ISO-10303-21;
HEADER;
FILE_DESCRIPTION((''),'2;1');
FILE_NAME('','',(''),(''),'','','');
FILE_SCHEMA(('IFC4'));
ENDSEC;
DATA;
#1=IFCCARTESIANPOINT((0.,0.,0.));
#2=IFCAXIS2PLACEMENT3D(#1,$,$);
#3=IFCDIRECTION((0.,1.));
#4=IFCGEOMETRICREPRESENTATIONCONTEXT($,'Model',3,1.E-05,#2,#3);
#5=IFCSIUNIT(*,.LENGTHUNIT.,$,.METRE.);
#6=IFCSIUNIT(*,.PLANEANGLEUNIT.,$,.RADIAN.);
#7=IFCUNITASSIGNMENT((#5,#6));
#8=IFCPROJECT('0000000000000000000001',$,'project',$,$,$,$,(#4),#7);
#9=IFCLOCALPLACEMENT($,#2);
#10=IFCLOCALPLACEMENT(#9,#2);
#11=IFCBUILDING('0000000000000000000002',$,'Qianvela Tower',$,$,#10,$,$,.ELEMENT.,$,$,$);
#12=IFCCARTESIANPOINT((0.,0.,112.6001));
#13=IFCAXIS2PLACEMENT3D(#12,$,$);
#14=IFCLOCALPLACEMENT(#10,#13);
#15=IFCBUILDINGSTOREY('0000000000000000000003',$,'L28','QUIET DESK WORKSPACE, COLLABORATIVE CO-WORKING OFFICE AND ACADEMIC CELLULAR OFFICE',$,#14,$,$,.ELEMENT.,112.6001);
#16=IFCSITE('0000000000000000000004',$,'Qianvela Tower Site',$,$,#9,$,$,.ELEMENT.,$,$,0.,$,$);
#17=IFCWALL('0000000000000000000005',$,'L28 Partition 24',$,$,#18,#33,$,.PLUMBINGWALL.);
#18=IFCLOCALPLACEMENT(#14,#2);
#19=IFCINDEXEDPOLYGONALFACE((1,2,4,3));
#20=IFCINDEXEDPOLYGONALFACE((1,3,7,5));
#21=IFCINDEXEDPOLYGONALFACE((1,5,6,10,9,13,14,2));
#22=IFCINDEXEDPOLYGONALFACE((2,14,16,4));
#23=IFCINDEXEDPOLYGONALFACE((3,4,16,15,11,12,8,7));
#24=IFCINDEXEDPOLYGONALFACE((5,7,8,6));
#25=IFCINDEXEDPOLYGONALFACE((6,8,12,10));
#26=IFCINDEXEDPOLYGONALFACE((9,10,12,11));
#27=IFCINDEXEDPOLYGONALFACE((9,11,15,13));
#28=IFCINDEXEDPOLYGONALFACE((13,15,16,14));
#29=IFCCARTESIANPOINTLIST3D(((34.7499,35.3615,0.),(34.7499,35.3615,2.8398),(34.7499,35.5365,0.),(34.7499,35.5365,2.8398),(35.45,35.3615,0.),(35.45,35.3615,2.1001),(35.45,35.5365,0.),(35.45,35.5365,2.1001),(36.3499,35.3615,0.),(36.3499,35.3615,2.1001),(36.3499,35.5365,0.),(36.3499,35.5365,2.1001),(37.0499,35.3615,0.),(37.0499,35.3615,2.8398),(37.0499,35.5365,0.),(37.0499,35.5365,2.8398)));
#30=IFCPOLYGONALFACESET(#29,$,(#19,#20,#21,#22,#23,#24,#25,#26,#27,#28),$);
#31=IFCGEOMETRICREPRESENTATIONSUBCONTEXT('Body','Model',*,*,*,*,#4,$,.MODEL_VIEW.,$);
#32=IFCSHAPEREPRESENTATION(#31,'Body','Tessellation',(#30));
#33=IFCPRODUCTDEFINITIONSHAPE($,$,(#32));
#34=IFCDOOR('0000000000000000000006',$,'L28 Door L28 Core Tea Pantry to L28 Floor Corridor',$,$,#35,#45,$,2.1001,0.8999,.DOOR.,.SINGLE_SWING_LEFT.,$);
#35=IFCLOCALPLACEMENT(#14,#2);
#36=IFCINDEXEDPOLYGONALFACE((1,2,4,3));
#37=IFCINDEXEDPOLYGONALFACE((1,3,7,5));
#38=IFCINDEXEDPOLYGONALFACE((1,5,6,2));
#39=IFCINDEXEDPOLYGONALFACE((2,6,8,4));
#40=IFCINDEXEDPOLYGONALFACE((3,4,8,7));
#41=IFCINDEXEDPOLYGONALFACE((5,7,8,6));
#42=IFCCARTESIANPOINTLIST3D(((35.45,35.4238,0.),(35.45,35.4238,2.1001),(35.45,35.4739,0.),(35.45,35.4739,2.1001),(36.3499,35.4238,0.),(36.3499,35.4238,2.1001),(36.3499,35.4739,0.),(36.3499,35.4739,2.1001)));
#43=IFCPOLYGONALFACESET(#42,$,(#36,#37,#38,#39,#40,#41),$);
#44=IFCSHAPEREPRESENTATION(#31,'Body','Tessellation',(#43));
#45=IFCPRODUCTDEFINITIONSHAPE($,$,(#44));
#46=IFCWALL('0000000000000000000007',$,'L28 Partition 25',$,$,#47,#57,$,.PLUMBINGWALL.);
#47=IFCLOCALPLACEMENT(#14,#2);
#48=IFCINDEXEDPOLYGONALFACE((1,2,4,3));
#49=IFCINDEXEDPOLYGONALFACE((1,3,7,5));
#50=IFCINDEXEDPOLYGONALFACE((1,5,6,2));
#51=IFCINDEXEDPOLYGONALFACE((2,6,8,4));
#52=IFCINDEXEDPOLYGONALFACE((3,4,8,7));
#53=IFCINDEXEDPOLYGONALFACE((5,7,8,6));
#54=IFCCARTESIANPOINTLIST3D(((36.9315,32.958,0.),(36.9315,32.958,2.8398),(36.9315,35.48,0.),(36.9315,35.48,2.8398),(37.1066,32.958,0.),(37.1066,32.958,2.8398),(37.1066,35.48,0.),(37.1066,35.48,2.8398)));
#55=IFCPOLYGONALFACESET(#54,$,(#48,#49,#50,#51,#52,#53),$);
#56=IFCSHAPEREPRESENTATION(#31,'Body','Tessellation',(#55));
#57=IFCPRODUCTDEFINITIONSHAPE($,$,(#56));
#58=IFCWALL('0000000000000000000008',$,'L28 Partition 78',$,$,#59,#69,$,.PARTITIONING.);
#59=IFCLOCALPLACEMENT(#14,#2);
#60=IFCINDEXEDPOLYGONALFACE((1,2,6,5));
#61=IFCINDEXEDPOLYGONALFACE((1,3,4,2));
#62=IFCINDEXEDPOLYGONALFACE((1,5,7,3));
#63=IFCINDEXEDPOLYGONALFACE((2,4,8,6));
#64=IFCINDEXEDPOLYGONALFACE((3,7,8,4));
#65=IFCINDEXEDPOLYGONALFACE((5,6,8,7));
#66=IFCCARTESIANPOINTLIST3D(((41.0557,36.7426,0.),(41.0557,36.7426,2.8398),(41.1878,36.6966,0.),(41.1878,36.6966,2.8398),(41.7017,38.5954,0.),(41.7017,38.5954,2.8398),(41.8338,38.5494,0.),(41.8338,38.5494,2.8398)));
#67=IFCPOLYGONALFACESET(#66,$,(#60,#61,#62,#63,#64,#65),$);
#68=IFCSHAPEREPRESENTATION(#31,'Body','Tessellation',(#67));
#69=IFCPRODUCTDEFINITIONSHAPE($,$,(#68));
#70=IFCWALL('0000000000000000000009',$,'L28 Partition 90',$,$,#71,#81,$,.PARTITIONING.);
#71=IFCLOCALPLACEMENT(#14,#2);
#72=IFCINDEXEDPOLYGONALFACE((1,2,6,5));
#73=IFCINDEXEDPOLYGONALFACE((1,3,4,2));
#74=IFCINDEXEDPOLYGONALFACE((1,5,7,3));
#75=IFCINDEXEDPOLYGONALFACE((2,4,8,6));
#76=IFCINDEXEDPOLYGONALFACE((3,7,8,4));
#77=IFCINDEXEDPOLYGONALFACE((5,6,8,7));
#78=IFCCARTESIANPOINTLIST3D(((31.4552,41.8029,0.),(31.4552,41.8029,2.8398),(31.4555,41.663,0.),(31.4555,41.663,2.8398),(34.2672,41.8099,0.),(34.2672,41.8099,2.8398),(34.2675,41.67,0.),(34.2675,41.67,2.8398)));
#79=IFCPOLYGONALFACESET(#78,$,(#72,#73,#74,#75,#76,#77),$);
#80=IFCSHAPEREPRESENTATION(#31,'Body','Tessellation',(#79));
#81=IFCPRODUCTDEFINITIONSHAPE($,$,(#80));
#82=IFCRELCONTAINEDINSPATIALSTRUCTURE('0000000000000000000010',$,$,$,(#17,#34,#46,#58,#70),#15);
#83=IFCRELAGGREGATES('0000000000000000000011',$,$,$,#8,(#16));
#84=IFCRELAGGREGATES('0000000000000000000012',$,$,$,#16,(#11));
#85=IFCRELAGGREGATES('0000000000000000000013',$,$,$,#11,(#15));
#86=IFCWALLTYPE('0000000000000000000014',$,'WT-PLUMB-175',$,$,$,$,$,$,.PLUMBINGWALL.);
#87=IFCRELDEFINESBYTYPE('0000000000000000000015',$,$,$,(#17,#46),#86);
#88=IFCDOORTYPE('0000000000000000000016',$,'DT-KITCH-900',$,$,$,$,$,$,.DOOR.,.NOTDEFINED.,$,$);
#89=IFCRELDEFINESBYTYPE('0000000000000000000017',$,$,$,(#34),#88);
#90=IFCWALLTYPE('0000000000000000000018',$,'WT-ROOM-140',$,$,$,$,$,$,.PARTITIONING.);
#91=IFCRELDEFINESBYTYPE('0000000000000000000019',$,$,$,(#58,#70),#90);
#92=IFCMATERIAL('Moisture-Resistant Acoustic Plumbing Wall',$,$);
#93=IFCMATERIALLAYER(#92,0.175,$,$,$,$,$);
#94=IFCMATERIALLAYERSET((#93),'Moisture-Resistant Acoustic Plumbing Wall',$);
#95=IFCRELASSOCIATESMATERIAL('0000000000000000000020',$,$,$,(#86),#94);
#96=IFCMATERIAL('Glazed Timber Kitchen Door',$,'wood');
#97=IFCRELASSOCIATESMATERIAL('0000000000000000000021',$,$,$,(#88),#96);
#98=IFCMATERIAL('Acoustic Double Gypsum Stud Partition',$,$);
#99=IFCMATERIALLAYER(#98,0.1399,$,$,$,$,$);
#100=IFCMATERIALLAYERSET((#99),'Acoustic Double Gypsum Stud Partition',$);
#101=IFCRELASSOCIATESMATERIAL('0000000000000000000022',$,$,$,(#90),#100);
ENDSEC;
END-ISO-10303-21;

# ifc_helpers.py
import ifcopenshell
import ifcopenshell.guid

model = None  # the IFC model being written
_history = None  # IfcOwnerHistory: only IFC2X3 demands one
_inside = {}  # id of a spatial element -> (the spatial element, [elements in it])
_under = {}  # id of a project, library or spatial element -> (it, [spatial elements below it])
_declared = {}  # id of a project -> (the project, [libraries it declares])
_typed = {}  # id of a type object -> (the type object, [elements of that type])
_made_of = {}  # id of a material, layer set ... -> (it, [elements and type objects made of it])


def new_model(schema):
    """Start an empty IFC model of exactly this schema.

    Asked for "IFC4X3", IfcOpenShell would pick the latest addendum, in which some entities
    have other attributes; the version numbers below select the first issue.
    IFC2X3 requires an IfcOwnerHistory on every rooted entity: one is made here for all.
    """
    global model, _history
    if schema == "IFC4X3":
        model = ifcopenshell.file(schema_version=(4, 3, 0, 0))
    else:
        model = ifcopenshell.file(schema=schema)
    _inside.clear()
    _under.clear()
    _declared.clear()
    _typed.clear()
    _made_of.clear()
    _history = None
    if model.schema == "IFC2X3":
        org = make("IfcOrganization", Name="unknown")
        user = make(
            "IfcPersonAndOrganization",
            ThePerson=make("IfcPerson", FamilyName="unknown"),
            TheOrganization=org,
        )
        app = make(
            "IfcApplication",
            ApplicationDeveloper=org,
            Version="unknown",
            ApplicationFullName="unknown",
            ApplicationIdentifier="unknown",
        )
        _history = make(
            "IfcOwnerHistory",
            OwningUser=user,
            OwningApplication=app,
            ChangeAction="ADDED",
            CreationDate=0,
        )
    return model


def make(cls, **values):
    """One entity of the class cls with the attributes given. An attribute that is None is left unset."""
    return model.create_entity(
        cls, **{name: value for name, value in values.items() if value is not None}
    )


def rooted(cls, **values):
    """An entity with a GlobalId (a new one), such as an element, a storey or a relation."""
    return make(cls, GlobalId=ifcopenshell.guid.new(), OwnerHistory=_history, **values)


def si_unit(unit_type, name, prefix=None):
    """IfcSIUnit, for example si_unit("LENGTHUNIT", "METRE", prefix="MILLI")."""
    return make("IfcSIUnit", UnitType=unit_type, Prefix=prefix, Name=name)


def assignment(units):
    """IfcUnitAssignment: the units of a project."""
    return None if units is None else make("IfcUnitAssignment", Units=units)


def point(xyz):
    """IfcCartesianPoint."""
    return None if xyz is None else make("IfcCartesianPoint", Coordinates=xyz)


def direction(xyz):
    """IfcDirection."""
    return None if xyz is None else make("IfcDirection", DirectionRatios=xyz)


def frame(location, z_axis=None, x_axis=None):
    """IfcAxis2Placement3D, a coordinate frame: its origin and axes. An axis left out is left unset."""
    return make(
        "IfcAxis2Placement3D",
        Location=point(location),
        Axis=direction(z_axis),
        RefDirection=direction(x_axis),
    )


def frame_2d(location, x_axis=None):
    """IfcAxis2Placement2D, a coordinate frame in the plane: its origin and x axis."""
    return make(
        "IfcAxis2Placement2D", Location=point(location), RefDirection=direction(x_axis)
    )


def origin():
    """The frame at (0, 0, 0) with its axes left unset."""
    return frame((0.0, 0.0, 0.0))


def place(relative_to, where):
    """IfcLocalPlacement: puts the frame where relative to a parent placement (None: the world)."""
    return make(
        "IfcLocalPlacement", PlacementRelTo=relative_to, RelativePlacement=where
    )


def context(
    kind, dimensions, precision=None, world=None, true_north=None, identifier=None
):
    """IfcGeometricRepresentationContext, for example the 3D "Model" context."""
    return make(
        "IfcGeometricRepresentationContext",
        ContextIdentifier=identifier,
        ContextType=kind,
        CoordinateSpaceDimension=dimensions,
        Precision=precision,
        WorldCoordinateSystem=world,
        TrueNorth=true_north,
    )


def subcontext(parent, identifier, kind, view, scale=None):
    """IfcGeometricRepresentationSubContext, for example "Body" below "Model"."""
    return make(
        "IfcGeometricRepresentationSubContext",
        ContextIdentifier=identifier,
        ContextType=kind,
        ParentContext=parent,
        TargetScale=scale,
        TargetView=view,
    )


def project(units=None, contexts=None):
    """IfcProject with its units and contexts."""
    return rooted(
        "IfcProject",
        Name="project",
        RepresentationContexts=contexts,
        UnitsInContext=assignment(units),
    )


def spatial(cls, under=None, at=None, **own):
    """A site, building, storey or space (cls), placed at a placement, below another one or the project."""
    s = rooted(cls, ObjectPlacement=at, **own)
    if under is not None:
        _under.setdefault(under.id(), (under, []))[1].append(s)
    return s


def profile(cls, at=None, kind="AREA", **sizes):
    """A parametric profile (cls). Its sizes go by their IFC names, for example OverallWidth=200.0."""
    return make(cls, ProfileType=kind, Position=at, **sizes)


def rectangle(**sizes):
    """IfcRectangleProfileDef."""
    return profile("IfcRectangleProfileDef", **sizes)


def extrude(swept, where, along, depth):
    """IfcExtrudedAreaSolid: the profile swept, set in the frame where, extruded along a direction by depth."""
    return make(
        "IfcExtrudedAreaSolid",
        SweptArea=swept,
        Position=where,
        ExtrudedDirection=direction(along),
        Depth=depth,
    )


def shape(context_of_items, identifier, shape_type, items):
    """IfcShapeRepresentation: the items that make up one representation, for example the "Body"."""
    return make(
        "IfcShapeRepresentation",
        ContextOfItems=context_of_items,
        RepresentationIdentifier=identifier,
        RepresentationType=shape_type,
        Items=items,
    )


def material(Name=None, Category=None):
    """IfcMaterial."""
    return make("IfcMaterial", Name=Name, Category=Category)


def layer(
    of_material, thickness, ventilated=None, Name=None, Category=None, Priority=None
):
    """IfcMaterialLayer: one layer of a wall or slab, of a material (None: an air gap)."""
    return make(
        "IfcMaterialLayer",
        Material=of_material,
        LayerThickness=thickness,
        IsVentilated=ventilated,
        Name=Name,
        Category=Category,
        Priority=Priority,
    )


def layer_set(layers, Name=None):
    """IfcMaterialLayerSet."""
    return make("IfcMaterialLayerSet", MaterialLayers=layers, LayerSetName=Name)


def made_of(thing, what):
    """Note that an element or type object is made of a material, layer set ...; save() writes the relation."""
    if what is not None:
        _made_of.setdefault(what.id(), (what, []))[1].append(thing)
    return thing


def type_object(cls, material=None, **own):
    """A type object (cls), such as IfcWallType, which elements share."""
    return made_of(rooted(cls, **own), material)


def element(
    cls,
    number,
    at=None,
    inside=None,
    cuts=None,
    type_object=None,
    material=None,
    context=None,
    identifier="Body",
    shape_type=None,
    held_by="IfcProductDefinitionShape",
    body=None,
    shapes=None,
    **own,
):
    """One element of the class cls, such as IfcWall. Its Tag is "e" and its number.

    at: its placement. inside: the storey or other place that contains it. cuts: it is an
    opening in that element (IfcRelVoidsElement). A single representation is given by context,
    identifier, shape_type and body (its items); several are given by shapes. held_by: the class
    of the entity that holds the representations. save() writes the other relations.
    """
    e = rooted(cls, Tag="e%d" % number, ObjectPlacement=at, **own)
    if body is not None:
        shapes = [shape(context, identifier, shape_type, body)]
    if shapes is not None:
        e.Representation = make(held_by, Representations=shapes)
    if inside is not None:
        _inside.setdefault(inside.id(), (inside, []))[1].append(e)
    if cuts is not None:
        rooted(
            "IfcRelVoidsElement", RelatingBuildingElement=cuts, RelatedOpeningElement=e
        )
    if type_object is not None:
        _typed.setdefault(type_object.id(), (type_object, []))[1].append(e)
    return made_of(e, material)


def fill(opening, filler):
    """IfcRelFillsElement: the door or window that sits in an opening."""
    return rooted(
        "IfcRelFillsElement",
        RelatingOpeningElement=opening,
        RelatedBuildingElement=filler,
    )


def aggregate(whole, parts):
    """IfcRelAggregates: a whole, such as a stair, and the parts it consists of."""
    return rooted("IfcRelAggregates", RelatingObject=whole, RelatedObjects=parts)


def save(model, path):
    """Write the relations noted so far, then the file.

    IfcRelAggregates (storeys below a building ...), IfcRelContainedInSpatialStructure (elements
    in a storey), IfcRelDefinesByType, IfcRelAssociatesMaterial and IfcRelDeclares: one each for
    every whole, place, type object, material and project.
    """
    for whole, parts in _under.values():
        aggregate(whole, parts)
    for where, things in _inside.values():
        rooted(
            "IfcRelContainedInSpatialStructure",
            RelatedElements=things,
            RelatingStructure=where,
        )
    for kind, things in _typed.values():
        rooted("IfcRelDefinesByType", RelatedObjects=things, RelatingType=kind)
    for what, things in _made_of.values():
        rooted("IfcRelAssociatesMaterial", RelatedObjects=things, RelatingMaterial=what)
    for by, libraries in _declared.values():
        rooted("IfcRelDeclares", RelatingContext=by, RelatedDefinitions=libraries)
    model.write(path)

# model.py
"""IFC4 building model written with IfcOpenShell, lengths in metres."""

from ifc_helpers import new_model, si_unit, direction, frame, frame_2d, origin, place, context, subcontext, project, spatial, rectangle, extrude, material, layer, layer_set, type_object, element, fill, save


model = new_model("IFC4")

# Units and contexts
model_context = context("Model", 3, precision=1e-05, world=origin(), true_north=direction((0.0, 1.0)))
body_context = subcontext(model_context, "Body", "Model", "MODEL_VIEW")
ifc_project = project(units=[si_unit("LENGTHUNIT", "METRE"), si_unit("PLANEANGLEUNIT", "RADIAN")], contexts=[model_context])

# Site, building, storey
site_placement = place(None, origin())
site = spatial("IfcSite", under=ifc_project, at=site_placement, Name="Qianvela Tower Site", CompositionType="ELEMENT", RefElevation=0.0)
building_placement = place(site_placement, origin())
building = spatial("IfcBuilding", under=site, at=building_placement, Name="Qianvela Tower", CompositionType="ELEMENT")
storey_placement = place(building_placement, frame((0.0, 0.0, 112.6001)))
storey = spatial("IfcBuildingStorey", under=building, at=storey_placement, Name="L28", Description="QUIET DESK WORKSPACE, COLLABORATIVE CO-WORKING OFFICE AND ACADEMIC CELLULAR OFFICE", CompositionType="ELEMENT", Elevation=112.6001)

# Shared definitions
ifc_material_1 = material(Name="Moisture-Resistant Acoustic Plumbing Wall")
ifc_layer_1 = layer(ifc_material_1, 0.175)
ifc_layer_set_1 = layer_set([ifc_layer_1], Name="Moisture-Resistant Acoustic Plumbing Wall")
wall_type_1 = type_object("IfcWallType", Name="WT-PLUMB-175", PredefinedType="PLUMBINGWALL", material=ifc_layer_set_1)

# Wall, opening, door
wall_1_placement = place(storey_placement, frame((34.75, 35.449, 0.0), z_axis=(0.0, 0.0, 1.0), x_axis=(1.0, 0.0, 0.0)))
wall_1 = element("IfcWall", 1, at=wall_1_placement, inside=storey, type_object=wall_type_1, Name="L28 Partition 24", PredefinedType="PLUMBINGWALL", context=body_context, shape_type="SweptSolid", body=[
    extrude(rectangle(XDim=2.3, YDim=0.175, at=frame_2d((1.1499, 0.0))), origin(), (0.0, 0.0, 1.0), 2.8398),
])
opening_1_placement = place(wall_1_placement, frame((0.7, 0.0, 0.0)))
opening_1 = element("IfcOpeningElement", 2, at=opening_1_placement, cuts=wall_1, PredefinedType="OPENING", context=body_context, shape_type="SweptSolid", body=[
    extrude(rectangle(XDim=0.8999, YDim=2.1001, at=frame_2d((0.45, 1.05))), frame((0.0, 0.0974, 0.0), z_axis=(0.0, -1.0, 0.0), x_axis=(1.0, 0.0, 0.0)), (0.0, 0.0, 1.0), 0.1951),
])
ifc_material_2 = material(Name="Glazed Timber Kitchen Door", Category="wood")
door_type_1 = type_object("IfcDoorType", Name="DT-KITCH-900", OperationType="NOTDEFINED", PredefinedType="DOOR", material=ifc_material_2)
door_1_placement = place(opening_1_placement, origin())
door_1 = element("IfcDoor", 3, at=door_1_placement, inside=storey, type_object=door_type_1, Name="L28 Door L28 Core Tea Pantry to L28 Floor Corridor", OperationType="SINGLE_SWING_LEFT", OverallHeight=2.1001, OverallWidth=0.8999, PredefinedType="DOOR", context=body_context, shape_type="SweptSolid", body=[
    extrude(rectangle(XDim=0.8999, YDim=2.1001, at=frame_2d((0.45, 1.05))), frame((0.0, 0.0249, 0.0), z_axis=(0.0, -1.0, 0.0), x_axis=(1.0, 0.0, 0.0)), (0.0, 0.0, 1.0), 0.05),
])
fill(opening_1, door_1)

# Walls
wall_2_placement = place(storey_placement, frame((37.019, 35.48, 0.0), z_axis=(0.0, 0.0, 1.0), x_axis=(0.0, -1.0, 0.0)))
element("IfcWall", 4, at=wall_2_placement, inside=storey, type_object=wall_type_1, Name="L28 Partition 25", PredefinedType="PLUMBINGWALL", context=body_context, shape_type="SweptSolid", body=[
    extrude(rectangle(XDim=2.522, YDim=0.175, at=frame_2d((1.261, 0.0))), origin(), (0.0, 0.0, 1.0), 2.8398),
])
ifc_material_3 = material(Name="Acoustic Double Gypsum Stud Partition")
ifc_layer_2 = layer(ifc_material_3, 0.1399)
ifc_layer_set_2 = layer_set([ifc_layer_2], Name="Acoustic Double Gypsum Stud Partition")
wall_type_2 = type_object("IfcWallType", Name="WT-ROOM-140", PredefinedType="PARTITIONING", material=ifc_layer_set_2)
wall_3_placement = place(storey_placement, frame((41.1218, 36.7197, 0.0), z_axis=(0.0, 0.0, 1.0), x_axis=(0.329225, 0.944251, 0.0)))
element("IfcWall", 5, at=wall_3_placement, inside=storey, type_object=wall_type_2, Name="L28 Partition 78", PredefinedType="PARTITIONING", context=body_context, shape_type="SweptSolid", body=[
    extrude(rectangle(XDim=1.9622, YDim=0.1399, at=frame_2d((0.981, 0.0))), origin(), (0.0, 0.0, 1.0), 2.8398),
])
wall_4_placement = place(storey_placement, frame((34.2673, 41.74, 0.0), z_axis=(0.0, 0.0, 1.0), x_axis=(-0.999997, -0.002518, 0.0)))
element("IfcWall", 6, at=wall_4_placement, inside=storey, type_object=wall_type_2, Name="L28 Partition 90", PredefinedType="PARTITIONING", context=body_context, shape_type="SweptSolid", body=[
    extrude(rectangle(XDim=2.812, YDim=0.1399, at=frame_2d((1.406, 0.0))), origin(), (0.0, 0.0, 1.0), 2.8398),
])

save(model, "model.ifc")
